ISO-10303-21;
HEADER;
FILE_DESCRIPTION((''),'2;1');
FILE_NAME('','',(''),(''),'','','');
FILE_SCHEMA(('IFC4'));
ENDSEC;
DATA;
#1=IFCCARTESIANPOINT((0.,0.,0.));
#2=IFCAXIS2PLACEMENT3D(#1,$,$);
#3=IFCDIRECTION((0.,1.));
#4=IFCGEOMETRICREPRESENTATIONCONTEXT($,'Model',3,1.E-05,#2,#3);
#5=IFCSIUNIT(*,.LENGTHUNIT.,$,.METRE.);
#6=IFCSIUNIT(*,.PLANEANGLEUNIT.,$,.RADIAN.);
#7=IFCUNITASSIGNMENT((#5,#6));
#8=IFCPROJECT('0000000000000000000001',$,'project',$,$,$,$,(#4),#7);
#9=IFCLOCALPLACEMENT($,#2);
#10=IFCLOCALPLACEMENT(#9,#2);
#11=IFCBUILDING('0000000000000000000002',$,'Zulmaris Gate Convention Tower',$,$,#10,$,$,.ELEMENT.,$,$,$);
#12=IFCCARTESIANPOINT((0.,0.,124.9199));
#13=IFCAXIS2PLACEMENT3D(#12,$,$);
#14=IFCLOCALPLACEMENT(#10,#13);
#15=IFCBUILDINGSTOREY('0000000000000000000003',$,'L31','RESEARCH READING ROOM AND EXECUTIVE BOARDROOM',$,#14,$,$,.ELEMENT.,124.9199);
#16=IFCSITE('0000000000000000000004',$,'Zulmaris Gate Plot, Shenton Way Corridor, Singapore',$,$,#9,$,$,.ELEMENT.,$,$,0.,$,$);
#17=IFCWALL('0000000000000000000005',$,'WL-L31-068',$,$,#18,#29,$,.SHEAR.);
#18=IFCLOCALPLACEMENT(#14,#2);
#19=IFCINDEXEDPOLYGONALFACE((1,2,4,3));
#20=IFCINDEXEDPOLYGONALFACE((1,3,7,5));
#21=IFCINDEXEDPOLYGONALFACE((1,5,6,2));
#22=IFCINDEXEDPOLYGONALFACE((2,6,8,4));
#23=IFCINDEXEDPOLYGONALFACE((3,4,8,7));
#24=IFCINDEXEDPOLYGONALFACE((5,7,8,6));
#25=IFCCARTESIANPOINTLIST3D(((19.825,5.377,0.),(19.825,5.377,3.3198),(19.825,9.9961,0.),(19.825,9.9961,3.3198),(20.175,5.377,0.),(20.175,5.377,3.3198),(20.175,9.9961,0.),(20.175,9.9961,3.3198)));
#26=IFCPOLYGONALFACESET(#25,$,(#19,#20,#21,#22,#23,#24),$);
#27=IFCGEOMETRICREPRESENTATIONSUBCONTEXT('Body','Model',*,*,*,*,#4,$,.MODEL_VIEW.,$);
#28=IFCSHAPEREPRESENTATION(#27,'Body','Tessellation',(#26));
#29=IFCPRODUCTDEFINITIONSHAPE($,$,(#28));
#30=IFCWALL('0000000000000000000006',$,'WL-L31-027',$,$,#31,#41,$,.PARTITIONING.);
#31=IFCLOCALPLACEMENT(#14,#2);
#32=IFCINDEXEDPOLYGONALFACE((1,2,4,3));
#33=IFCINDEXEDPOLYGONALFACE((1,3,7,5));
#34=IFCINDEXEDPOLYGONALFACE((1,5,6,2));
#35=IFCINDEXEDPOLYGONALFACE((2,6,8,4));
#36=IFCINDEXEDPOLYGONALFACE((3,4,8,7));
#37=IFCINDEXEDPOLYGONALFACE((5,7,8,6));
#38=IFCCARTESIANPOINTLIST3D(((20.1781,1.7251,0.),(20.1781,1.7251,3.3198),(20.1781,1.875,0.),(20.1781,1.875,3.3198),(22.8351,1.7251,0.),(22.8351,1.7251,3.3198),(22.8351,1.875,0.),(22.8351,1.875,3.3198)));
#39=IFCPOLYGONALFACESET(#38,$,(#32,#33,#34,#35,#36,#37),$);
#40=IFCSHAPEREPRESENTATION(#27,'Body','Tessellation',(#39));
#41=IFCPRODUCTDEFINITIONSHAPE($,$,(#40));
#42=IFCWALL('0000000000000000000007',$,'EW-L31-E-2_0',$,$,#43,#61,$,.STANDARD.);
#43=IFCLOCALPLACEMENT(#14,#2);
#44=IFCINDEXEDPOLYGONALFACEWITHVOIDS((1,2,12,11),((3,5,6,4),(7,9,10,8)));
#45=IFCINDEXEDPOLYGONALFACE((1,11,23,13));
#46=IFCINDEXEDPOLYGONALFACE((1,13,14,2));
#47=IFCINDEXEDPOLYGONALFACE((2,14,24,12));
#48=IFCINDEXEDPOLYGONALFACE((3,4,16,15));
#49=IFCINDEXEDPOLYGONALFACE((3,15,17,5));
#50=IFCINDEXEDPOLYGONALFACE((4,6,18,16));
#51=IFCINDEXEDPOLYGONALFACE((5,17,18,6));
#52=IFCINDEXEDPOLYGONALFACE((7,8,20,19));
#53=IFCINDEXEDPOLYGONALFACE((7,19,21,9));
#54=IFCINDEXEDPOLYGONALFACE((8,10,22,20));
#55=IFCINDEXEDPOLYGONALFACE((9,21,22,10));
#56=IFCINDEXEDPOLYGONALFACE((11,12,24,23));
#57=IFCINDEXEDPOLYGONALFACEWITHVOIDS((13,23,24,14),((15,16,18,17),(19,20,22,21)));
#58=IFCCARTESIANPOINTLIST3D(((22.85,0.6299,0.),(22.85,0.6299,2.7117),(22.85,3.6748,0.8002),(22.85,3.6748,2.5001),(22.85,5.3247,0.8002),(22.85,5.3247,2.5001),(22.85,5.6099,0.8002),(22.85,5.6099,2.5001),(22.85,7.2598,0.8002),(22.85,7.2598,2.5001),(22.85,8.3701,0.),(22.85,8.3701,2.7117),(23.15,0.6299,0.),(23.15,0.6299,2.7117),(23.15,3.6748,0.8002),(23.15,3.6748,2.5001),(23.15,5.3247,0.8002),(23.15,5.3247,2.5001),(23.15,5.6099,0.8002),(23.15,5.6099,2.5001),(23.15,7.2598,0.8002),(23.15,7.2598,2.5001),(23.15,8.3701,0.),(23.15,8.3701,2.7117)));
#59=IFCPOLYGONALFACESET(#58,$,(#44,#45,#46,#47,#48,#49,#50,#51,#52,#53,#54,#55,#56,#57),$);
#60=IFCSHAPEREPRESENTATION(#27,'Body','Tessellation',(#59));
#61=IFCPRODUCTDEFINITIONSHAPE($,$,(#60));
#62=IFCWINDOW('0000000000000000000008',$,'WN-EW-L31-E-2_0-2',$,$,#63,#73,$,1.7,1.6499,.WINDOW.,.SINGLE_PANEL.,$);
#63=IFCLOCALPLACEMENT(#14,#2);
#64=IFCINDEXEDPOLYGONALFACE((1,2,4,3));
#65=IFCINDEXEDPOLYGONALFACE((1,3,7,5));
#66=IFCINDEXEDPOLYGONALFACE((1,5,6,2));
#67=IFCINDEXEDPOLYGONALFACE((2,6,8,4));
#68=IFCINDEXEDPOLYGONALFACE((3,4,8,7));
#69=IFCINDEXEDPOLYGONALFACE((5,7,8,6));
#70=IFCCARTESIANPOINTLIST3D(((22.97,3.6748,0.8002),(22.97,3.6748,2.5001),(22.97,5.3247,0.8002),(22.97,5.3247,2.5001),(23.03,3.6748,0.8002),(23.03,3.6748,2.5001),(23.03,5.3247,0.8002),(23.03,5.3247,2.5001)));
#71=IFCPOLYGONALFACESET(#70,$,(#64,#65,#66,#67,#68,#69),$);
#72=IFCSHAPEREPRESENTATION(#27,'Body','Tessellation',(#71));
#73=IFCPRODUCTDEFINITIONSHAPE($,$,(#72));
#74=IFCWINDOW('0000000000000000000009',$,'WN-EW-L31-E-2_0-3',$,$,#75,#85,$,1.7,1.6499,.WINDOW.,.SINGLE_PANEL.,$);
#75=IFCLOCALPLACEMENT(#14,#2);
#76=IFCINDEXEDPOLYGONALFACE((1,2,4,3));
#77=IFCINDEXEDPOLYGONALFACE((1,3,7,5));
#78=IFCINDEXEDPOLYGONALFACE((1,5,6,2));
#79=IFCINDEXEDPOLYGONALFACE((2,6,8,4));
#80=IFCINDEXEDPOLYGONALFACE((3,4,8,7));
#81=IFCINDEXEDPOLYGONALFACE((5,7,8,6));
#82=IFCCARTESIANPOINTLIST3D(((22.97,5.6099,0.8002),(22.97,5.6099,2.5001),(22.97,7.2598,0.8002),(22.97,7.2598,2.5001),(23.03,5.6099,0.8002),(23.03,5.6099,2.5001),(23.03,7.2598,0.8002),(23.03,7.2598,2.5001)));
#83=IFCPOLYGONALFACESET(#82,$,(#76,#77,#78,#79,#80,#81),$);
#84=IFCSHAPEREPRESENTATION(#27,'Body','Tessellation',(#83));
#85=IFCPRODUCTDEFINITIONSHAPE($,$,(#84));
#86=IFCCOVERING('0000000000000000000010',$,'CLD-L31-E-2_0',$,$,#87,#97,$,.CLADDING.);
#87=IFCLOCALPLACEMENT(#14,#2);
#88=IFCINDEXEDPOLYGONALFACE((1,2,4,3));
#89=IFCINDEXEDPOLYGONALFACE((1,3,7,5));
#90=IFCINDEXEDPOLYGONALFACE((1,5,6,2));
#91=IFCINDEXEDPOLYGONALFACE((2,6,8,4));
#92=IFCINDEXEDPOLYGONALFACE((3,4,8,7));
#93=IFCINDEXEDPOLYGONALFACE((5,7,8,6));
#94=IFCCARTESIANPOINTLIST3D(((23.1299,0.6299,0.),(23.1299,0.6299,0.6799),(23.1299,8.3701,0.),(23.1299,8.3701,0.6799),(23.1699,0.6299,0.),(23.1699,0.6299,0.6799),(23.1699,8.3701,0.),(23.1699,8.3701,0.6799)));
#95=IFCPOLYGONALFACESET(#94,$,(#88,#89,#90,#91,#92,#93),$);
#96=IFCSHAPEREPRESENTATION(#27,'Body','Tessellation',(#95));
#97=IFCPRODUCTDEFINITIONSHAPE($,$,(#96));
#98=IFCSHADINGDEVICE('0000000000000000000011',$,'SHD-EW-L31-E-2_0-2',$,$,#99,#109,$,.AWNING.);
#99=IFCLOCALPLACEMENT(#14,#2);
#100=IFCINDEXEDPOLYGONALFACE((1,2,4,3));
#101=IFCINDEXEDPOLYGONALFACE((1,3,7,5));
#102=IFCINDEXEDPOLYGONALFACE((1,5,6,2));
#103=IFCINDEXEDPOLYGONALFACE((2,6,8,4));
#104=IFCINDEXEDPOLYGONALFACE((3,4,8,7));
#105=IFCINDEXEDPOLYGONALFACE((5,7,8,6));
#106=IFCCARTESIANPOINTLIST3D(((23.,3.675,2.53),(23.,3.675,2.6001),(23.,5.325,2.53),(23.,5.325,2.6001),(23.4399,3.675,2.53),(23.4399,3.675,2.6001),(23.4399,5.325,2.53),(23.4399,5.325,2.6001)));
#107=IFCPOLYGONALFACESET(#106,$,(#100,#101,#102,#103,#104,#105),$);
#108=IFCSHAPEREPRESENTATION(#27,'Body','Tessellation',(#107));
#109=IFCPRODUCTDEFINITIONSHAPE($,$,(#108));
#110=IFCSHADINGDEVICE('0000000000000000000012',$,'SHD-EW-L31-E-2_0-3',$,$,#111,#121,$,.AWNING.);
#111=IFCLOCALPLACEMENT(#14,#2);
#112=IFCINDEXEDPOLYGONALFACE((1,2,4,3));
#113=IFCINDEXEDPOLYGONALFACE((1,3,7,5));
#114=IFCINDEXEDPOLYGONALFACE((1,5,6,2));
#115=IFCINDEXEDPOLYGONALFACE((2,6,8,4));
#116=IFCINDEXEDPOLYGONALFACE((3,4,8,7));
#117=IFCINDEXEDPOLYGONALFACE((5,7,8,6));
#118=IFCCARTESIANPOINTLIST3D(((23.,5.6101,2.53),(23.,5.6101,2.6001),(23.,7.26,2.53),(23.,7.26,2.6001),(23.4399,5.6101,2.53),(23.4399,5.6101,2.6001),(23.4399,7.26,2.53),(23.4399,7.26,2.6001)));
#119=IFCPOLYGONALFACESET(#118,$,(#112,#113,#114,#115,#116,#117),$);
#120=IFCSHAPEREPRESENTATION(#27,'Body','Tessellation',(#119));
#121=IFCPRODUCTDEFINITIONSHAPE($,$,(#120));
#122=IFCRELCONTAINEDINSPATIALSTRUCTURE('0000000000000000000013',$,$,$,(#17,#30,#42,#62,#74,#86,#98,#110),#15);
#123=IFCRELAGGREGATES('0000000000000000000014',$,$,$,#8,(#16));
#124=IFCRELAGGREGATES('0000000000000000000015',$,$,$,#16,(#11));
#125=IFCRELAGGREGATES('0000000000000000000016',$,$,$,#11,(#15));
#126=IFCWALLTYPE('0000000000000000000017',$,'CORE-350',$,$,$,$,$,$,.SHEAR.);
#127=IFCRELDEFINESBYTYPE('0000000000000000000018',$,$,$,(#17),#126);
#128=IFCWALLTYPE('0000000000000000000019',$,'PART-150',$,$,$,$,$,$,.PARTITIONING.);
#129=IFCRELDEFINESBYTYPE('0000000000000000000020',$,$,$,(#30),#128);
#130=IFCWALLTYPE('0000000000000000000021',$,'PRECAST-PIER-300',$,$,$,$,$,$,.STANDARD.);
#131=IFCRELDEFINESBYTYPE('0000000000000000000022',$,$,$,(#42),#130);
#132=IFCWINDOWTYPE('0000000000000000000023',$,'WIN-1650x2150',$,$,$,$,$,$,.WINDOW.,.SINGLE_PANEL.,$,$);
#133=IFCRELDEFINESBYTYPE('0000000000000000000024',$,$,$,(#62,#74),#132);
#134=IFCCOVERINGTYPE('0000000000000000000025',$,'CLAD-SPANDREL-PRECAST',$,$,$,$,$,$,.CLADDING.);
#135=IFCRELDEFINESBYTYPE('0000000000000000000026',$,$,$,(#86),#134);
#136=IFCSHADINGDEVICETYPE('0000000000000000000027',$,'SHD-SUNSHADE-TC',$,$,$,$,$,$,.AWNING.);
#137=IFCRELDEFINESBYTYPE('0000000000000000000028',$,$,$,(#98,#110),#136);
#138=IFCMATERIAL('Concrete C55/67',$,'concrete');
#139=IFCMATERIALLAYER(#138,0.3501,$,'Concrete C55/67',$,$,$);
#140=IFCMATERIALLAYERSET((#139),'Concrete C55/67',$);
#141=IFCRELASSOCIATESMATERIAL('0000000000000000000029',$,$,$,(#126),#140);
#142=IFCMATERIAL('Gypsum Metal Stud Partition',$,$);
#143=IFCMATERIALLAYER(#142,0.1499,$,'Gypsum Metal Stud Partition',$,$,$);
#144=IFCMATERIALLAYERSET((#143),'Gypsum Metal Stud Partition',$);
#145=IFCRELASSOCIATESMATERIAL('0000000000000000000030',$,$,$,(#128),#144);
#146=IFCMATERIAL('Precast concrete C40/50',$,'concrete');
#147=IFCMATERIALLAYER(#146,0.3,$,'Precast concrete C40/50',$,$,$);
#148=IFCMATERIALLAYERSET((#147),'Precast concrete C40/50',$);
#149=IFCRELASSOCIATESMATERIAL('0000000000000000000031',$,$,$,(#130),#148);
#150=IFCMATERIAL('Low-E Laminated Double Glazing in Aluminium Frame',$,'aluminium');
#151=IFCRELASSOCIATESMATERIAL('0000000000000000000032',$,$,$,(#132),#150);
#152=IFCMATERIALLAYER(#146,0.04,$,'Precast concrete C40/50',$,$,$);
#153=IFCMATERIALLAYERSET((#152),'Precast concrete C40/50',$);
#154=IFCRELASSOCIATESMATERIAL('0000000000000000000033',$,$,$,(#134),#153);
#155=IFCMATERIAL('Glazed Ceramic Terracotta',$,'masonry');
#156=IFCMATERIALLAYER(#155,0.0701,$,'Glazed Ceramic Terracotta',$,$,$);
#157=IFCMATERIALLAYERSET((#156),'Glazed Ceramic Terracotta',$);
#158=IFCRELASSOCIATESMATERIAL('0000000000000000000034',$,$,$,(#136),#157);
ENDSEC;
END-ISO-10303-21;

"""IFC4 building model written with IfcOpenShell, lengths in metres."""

from ifc_helpers import new_model, si_unit, direction, frame, frame_2d, origin, place, context, subcontext, project, spatial, rectangle, extrude, material, layer, layer_set, type_object, element, fill, save


model = new_model("IFC4")

# Units and contexts
model_context = context("Model", 3, precision=1e-05, world=origin(), true_north=direction((0.0, 1.0)))
body_context = subcontext(model_context, "Body", "Model", "MODEL_VIEW")
ifc_project = project(units=[si_unit("LENGTHUNIT", "METRE"), si_unit("PLANEANGLEUNIT", "RADIAN")], contexts=[model_context])

# Site, building, storey
site_placement = place(None, origin())
site = spatial("IfcSite", under=ifc_project, at=site_placement, Name="Zulmaris Gate Plot, Shenton Way Corridor, Singapore", CompositionType="ELEMENT", RefElevation=0.0)
building_placement = place(site_placement, origin())
building = spatial("IfcBuilding", under=site, at=building_placement, Name="Zulmaris Gate Convention Tower", CompositionType="ELEMENT")
storey_placement = place(building_placement, frame((0.0, 0.0, 124.9199)))
storey = spatial("IfcBuildingStorey", under=building, at=storey_placement, Name="L31", Description="RESEARCH READING ROOM AND EXECUTIVE BOARDROOM", CompositionType="ELEMENT", Elevation=124.9199)

# Walls
ifc_material_1 = material(Name="Concrete C55/67", Category="concrete")
ifc_layer_1 = layer(ifc_material_1, 0.3501, Name="Concrete C55/67")
ifc_layer_set_1 = layer_set([ifc_layer_1], Name="Concrete C55/67")
wall_type_1 = type_object("IfcWallType", Name="CORE-350", PredefinedType="SHEAR", material=ifc_layer_set_1)
wall_1_placement = place(storey_placement, frame((20.0, 5.377, 0.0), z_axis=(0.0, 0.0, 1.0), x_axis=(0.0, 1.0, 0.0)))
element("IfcWall", 1, at=wall_1_placement, inside=storey, type_object=wall_type_1, Name="WL-L31-068", PredefinedType="SHEAR", context=body_context, shape_type="SweptSolid", body=[
    extrude(rectangle(XDim=4.6191, YDim=0.3501, at=frame_2d((2.3096, 0.0))), origin(), (0.0, 0.0, 1.0), 3.3198),
])
ifc_material_2 = material(Name="Gypsum Metal Stud Partition")
ifc_layer_2 = layer(ifc_material_2, 0.1499, Name="Gypsum Metal Stud Partition")
ifc_layer_set_2 = layer_set([ifc_layer_2], Name="Gypsum Metal Stud Partition")
wall_type_2 = type_object("IfcWallType", Name="PART-150", PredefinedType="PARTITIONING", material=ifc_layer_set_2)
wall_2_placement = place(storey_placement, frame((20.178, 1.8, 0.0), z_axis=(0.0, 0.0, 1.0), x_axis=(1.0, 0.0, 0.0)))
element("IfcWall", 2, at=wall_2_placement, inside=storey, type_object=wall_type_2, Name="WL-L31-027", PredefinedType="PARTITIONING", context=body_context, shape_type="SweptSolid", body=[
    extrude(rectangle(XDim=2.657, YDim=0.1499, at=frame_2d((1.3286, 0.0))), origin(), (0.0, 0.0, 1.0), 3.3198),
])

# Wall, openings, windows
ifc_material_3 = material(Name="Precast concrete C40/50", Category="concrete")
ifc_layer_3 = layer(ifc_material_3, 0.3, Name="Precast concrete C40/50")
ifc_layer_set_3 = layer_set([ifc_layer_3], Name="Precast concrete C40/50")
wall_type_3 = type_object("IfcWallType", Name="PRECAST-PIER-300", PredefinedType="STANDARD", material=ifc_layer_set_3)
wall_3_placement = place(storey_placement, frame((23.0, 0.6299, 0.0), z_axis=(0.0, 0.0, 1.0), x_axis=(0.0, 1.0, 0.0)))
wall_3 = element("IfcWall", 3, at=wall_3_placement, inside=storey, type_object=wall_type_3, Name="EW-L31-E-2_0", PredefinedType="STANDARD", context=body_context, shape_type="SweptSolid", body=[
    extrude(rectangle(XDim=7.7402, YDim=0.3, at=frame_2d((3.8701, 0.0))), origin(), (0.0, 0.0, 1.0), 2.7117),
])
opening_1_placement = place(wall_3_placement, frame((3.0449, 0.0, 0.8)))
opening_1 = element("IfcOpeningElement", 4, at=opening_1_placement, cuts=wall_3, PredefinedType="OPENING", context=body_context, shape_type="SweptSolid", body=[
    extrude(rectangle(XDim=1.6499, YDim=1.7, at=frame_2d((0.825, 0.8501))), frame((0.0, 0.1602, 0.0), z_axis=(0.0, -1.0, 0.0), x_axis=(1.0, 0.0, 0.0)), (0.0, 0.0, 1.0), 0.3201),
])
opening_2_placement = place(wall_3_placement, frame((4.98, 0.0, 0.8)))
opening_2 = element("IfcOpeningElement", 5, at=opening_2_placement, cuts=wall_3, PredefinedType="OPENING", context=body_context, shape_type="SweptSolid", body=[
    extrude(rectangle(XDim=1.6499, YDim=1.7, at=frame_2d((0.825, 0.8501))), frame((0.0, 0.1602, 0.0), z_axis=(0.0, -1.0, 0.0), x_axis=(1.0, 0.0, 0.0)), (0.0, 0.0, 1.0), 0.3201),
])
ifc_material_4 = material(Name="Low-E Laminated Double Glazing in Aluminium Frame", Category="aluminium")
window_type = type_object("IfcWindowType", Name="WIN-1650x2150", PartitioningType="SINGLE_PANEL", PredefinedType="WINDOW", material=ifc_material_4)
window_1_placement = place(opening_1_placement, origin())
window_1 = element("IfcWindow", 6, at=window_1_placement, inside=storey, type_object=window_type, Name="WN-EW-L31-E-2_0-2", OverallHeight=1.7, OverallWidth=1.6499, PartitioningType="SINGLE_PANEL", PredefinedType="WINDOW", context=body_context, shape_type="SweptSolid", body=[
    extrude(rectangle(XDim=1.6499, YDim=1.7, at=frame_2d((0.825, 0.8501))), frame((0.0, 0.03, 0.0), z_axis=(0.0, -1.0, 0.0), x_axis=(1.0, 0.0, 0.0)), (0.0, 0.0, 1.0), 0.0601),
])
fill(opening_1, window_1)
window_2_placement = place(opening_2_placement, origin())
window_2 = element("IfcWindow", 7, at=window_2_placement, inside=storey, type_object=window_type, Name="WN-EW-L31-E-2_0-3", OverallHeight=1.7, OverallWidth=1.6499, PartitioningType="SINGLE_PANEL", PredefinedType="WINDOW", context=body_context, shape_type="SweptSolid", body=[
    extrude(rectangle(XDim=1.6499, YDim=1.7, at=frame_2d((0.825, 0.8501))), frame((0.0, 0.03, 0.0), z_axis=(0.0, -1.0, 0.0), x_axis=(1.0, 0.0, 0.0)), (0.0, 0.0, 1.0), 0.0601),
])
fill(opening_2, window_2)

# Covering
ifc_layer_4 = layer(ifc_material_3, 0.04, Name="Precast concrete C40/50")
ifc_layer_set_4 = layer_set([ifc_layer_4], Name="Precast concrete C40/50")
covering_type = type_object("IfcCoveringType", Name="CLAD-SPANDREL-PRECAST", PredefinedType="CLADDING", material=ifc_layer_set_4)
covering_placement = place(storey_placement, frame((23.1499, 0.6299, 0.0), z_axis=(0.0, 0.0, 1.0), x_axis=(0.0, 1.0, 0.0)))
element("IfcCovering", 8, at=covering_placement, inside=storey, type_object=covering_type, Name="CLD-L31-E-2_0", PredefinedType="CLADDING", context=body_context, shape_type="SweptSolid", body=[
    extrude(rectangle(XDim=7.7402, YDim=0.04, at=frame_2d((3.8701, 0.0))), origin(), (0.0, 0.0, 1.0), 0.6799),
])

# Shading devices
ifc_material_5 = material(Name="Glazed Ceramic Terracotta", Category="masonry")
ifc_layer_5 = layer(ifc_material_5, 0.0701, Name="Glazed Ceramic Terracotta")
ifc_layer_set_5 = layer_set([ifc_layer_5], Name="Glazed Ceramic Terracotta")
shading_device_type = type_object("IfcShadingDeviceType", Name="SHD-SUNSHADE-TC", PredefinedType="AWNING", material=ifc_layer_set_5)
for number, where, z_axis, x_axis, name in (
    (9, (23.22, 3.675, 2.53), (0.0, 0.0, 1.0), (0.0, 1.0, 0.0), "SHD-EW-L31-E-2_0-2"),
    (10, (23.22, 5.6101, 2.53), (0.0, 0.0, 1.0), (0.0, 1.0, 0.0), "SHD-EW-L31-E-2_0-3"),
):
    element("IfcShadingDevice", number, at=place(storey_placement, frame(where, z_axis=z_axis, x_axis=x_axis)), inside=storey, type_object=shading_device_type, Name=name, PredefinedType="AWNING", context=body_context, shape_type="SweptSolid", body=[
        extrude(rectangle(XDim=1.6499, YDim=0.4399, at=frame_2d((0.825, 0.0))), origin(), (0.0, 0.0, 1.0), 0.0701),
    ])

save(model, "model.ifc")
